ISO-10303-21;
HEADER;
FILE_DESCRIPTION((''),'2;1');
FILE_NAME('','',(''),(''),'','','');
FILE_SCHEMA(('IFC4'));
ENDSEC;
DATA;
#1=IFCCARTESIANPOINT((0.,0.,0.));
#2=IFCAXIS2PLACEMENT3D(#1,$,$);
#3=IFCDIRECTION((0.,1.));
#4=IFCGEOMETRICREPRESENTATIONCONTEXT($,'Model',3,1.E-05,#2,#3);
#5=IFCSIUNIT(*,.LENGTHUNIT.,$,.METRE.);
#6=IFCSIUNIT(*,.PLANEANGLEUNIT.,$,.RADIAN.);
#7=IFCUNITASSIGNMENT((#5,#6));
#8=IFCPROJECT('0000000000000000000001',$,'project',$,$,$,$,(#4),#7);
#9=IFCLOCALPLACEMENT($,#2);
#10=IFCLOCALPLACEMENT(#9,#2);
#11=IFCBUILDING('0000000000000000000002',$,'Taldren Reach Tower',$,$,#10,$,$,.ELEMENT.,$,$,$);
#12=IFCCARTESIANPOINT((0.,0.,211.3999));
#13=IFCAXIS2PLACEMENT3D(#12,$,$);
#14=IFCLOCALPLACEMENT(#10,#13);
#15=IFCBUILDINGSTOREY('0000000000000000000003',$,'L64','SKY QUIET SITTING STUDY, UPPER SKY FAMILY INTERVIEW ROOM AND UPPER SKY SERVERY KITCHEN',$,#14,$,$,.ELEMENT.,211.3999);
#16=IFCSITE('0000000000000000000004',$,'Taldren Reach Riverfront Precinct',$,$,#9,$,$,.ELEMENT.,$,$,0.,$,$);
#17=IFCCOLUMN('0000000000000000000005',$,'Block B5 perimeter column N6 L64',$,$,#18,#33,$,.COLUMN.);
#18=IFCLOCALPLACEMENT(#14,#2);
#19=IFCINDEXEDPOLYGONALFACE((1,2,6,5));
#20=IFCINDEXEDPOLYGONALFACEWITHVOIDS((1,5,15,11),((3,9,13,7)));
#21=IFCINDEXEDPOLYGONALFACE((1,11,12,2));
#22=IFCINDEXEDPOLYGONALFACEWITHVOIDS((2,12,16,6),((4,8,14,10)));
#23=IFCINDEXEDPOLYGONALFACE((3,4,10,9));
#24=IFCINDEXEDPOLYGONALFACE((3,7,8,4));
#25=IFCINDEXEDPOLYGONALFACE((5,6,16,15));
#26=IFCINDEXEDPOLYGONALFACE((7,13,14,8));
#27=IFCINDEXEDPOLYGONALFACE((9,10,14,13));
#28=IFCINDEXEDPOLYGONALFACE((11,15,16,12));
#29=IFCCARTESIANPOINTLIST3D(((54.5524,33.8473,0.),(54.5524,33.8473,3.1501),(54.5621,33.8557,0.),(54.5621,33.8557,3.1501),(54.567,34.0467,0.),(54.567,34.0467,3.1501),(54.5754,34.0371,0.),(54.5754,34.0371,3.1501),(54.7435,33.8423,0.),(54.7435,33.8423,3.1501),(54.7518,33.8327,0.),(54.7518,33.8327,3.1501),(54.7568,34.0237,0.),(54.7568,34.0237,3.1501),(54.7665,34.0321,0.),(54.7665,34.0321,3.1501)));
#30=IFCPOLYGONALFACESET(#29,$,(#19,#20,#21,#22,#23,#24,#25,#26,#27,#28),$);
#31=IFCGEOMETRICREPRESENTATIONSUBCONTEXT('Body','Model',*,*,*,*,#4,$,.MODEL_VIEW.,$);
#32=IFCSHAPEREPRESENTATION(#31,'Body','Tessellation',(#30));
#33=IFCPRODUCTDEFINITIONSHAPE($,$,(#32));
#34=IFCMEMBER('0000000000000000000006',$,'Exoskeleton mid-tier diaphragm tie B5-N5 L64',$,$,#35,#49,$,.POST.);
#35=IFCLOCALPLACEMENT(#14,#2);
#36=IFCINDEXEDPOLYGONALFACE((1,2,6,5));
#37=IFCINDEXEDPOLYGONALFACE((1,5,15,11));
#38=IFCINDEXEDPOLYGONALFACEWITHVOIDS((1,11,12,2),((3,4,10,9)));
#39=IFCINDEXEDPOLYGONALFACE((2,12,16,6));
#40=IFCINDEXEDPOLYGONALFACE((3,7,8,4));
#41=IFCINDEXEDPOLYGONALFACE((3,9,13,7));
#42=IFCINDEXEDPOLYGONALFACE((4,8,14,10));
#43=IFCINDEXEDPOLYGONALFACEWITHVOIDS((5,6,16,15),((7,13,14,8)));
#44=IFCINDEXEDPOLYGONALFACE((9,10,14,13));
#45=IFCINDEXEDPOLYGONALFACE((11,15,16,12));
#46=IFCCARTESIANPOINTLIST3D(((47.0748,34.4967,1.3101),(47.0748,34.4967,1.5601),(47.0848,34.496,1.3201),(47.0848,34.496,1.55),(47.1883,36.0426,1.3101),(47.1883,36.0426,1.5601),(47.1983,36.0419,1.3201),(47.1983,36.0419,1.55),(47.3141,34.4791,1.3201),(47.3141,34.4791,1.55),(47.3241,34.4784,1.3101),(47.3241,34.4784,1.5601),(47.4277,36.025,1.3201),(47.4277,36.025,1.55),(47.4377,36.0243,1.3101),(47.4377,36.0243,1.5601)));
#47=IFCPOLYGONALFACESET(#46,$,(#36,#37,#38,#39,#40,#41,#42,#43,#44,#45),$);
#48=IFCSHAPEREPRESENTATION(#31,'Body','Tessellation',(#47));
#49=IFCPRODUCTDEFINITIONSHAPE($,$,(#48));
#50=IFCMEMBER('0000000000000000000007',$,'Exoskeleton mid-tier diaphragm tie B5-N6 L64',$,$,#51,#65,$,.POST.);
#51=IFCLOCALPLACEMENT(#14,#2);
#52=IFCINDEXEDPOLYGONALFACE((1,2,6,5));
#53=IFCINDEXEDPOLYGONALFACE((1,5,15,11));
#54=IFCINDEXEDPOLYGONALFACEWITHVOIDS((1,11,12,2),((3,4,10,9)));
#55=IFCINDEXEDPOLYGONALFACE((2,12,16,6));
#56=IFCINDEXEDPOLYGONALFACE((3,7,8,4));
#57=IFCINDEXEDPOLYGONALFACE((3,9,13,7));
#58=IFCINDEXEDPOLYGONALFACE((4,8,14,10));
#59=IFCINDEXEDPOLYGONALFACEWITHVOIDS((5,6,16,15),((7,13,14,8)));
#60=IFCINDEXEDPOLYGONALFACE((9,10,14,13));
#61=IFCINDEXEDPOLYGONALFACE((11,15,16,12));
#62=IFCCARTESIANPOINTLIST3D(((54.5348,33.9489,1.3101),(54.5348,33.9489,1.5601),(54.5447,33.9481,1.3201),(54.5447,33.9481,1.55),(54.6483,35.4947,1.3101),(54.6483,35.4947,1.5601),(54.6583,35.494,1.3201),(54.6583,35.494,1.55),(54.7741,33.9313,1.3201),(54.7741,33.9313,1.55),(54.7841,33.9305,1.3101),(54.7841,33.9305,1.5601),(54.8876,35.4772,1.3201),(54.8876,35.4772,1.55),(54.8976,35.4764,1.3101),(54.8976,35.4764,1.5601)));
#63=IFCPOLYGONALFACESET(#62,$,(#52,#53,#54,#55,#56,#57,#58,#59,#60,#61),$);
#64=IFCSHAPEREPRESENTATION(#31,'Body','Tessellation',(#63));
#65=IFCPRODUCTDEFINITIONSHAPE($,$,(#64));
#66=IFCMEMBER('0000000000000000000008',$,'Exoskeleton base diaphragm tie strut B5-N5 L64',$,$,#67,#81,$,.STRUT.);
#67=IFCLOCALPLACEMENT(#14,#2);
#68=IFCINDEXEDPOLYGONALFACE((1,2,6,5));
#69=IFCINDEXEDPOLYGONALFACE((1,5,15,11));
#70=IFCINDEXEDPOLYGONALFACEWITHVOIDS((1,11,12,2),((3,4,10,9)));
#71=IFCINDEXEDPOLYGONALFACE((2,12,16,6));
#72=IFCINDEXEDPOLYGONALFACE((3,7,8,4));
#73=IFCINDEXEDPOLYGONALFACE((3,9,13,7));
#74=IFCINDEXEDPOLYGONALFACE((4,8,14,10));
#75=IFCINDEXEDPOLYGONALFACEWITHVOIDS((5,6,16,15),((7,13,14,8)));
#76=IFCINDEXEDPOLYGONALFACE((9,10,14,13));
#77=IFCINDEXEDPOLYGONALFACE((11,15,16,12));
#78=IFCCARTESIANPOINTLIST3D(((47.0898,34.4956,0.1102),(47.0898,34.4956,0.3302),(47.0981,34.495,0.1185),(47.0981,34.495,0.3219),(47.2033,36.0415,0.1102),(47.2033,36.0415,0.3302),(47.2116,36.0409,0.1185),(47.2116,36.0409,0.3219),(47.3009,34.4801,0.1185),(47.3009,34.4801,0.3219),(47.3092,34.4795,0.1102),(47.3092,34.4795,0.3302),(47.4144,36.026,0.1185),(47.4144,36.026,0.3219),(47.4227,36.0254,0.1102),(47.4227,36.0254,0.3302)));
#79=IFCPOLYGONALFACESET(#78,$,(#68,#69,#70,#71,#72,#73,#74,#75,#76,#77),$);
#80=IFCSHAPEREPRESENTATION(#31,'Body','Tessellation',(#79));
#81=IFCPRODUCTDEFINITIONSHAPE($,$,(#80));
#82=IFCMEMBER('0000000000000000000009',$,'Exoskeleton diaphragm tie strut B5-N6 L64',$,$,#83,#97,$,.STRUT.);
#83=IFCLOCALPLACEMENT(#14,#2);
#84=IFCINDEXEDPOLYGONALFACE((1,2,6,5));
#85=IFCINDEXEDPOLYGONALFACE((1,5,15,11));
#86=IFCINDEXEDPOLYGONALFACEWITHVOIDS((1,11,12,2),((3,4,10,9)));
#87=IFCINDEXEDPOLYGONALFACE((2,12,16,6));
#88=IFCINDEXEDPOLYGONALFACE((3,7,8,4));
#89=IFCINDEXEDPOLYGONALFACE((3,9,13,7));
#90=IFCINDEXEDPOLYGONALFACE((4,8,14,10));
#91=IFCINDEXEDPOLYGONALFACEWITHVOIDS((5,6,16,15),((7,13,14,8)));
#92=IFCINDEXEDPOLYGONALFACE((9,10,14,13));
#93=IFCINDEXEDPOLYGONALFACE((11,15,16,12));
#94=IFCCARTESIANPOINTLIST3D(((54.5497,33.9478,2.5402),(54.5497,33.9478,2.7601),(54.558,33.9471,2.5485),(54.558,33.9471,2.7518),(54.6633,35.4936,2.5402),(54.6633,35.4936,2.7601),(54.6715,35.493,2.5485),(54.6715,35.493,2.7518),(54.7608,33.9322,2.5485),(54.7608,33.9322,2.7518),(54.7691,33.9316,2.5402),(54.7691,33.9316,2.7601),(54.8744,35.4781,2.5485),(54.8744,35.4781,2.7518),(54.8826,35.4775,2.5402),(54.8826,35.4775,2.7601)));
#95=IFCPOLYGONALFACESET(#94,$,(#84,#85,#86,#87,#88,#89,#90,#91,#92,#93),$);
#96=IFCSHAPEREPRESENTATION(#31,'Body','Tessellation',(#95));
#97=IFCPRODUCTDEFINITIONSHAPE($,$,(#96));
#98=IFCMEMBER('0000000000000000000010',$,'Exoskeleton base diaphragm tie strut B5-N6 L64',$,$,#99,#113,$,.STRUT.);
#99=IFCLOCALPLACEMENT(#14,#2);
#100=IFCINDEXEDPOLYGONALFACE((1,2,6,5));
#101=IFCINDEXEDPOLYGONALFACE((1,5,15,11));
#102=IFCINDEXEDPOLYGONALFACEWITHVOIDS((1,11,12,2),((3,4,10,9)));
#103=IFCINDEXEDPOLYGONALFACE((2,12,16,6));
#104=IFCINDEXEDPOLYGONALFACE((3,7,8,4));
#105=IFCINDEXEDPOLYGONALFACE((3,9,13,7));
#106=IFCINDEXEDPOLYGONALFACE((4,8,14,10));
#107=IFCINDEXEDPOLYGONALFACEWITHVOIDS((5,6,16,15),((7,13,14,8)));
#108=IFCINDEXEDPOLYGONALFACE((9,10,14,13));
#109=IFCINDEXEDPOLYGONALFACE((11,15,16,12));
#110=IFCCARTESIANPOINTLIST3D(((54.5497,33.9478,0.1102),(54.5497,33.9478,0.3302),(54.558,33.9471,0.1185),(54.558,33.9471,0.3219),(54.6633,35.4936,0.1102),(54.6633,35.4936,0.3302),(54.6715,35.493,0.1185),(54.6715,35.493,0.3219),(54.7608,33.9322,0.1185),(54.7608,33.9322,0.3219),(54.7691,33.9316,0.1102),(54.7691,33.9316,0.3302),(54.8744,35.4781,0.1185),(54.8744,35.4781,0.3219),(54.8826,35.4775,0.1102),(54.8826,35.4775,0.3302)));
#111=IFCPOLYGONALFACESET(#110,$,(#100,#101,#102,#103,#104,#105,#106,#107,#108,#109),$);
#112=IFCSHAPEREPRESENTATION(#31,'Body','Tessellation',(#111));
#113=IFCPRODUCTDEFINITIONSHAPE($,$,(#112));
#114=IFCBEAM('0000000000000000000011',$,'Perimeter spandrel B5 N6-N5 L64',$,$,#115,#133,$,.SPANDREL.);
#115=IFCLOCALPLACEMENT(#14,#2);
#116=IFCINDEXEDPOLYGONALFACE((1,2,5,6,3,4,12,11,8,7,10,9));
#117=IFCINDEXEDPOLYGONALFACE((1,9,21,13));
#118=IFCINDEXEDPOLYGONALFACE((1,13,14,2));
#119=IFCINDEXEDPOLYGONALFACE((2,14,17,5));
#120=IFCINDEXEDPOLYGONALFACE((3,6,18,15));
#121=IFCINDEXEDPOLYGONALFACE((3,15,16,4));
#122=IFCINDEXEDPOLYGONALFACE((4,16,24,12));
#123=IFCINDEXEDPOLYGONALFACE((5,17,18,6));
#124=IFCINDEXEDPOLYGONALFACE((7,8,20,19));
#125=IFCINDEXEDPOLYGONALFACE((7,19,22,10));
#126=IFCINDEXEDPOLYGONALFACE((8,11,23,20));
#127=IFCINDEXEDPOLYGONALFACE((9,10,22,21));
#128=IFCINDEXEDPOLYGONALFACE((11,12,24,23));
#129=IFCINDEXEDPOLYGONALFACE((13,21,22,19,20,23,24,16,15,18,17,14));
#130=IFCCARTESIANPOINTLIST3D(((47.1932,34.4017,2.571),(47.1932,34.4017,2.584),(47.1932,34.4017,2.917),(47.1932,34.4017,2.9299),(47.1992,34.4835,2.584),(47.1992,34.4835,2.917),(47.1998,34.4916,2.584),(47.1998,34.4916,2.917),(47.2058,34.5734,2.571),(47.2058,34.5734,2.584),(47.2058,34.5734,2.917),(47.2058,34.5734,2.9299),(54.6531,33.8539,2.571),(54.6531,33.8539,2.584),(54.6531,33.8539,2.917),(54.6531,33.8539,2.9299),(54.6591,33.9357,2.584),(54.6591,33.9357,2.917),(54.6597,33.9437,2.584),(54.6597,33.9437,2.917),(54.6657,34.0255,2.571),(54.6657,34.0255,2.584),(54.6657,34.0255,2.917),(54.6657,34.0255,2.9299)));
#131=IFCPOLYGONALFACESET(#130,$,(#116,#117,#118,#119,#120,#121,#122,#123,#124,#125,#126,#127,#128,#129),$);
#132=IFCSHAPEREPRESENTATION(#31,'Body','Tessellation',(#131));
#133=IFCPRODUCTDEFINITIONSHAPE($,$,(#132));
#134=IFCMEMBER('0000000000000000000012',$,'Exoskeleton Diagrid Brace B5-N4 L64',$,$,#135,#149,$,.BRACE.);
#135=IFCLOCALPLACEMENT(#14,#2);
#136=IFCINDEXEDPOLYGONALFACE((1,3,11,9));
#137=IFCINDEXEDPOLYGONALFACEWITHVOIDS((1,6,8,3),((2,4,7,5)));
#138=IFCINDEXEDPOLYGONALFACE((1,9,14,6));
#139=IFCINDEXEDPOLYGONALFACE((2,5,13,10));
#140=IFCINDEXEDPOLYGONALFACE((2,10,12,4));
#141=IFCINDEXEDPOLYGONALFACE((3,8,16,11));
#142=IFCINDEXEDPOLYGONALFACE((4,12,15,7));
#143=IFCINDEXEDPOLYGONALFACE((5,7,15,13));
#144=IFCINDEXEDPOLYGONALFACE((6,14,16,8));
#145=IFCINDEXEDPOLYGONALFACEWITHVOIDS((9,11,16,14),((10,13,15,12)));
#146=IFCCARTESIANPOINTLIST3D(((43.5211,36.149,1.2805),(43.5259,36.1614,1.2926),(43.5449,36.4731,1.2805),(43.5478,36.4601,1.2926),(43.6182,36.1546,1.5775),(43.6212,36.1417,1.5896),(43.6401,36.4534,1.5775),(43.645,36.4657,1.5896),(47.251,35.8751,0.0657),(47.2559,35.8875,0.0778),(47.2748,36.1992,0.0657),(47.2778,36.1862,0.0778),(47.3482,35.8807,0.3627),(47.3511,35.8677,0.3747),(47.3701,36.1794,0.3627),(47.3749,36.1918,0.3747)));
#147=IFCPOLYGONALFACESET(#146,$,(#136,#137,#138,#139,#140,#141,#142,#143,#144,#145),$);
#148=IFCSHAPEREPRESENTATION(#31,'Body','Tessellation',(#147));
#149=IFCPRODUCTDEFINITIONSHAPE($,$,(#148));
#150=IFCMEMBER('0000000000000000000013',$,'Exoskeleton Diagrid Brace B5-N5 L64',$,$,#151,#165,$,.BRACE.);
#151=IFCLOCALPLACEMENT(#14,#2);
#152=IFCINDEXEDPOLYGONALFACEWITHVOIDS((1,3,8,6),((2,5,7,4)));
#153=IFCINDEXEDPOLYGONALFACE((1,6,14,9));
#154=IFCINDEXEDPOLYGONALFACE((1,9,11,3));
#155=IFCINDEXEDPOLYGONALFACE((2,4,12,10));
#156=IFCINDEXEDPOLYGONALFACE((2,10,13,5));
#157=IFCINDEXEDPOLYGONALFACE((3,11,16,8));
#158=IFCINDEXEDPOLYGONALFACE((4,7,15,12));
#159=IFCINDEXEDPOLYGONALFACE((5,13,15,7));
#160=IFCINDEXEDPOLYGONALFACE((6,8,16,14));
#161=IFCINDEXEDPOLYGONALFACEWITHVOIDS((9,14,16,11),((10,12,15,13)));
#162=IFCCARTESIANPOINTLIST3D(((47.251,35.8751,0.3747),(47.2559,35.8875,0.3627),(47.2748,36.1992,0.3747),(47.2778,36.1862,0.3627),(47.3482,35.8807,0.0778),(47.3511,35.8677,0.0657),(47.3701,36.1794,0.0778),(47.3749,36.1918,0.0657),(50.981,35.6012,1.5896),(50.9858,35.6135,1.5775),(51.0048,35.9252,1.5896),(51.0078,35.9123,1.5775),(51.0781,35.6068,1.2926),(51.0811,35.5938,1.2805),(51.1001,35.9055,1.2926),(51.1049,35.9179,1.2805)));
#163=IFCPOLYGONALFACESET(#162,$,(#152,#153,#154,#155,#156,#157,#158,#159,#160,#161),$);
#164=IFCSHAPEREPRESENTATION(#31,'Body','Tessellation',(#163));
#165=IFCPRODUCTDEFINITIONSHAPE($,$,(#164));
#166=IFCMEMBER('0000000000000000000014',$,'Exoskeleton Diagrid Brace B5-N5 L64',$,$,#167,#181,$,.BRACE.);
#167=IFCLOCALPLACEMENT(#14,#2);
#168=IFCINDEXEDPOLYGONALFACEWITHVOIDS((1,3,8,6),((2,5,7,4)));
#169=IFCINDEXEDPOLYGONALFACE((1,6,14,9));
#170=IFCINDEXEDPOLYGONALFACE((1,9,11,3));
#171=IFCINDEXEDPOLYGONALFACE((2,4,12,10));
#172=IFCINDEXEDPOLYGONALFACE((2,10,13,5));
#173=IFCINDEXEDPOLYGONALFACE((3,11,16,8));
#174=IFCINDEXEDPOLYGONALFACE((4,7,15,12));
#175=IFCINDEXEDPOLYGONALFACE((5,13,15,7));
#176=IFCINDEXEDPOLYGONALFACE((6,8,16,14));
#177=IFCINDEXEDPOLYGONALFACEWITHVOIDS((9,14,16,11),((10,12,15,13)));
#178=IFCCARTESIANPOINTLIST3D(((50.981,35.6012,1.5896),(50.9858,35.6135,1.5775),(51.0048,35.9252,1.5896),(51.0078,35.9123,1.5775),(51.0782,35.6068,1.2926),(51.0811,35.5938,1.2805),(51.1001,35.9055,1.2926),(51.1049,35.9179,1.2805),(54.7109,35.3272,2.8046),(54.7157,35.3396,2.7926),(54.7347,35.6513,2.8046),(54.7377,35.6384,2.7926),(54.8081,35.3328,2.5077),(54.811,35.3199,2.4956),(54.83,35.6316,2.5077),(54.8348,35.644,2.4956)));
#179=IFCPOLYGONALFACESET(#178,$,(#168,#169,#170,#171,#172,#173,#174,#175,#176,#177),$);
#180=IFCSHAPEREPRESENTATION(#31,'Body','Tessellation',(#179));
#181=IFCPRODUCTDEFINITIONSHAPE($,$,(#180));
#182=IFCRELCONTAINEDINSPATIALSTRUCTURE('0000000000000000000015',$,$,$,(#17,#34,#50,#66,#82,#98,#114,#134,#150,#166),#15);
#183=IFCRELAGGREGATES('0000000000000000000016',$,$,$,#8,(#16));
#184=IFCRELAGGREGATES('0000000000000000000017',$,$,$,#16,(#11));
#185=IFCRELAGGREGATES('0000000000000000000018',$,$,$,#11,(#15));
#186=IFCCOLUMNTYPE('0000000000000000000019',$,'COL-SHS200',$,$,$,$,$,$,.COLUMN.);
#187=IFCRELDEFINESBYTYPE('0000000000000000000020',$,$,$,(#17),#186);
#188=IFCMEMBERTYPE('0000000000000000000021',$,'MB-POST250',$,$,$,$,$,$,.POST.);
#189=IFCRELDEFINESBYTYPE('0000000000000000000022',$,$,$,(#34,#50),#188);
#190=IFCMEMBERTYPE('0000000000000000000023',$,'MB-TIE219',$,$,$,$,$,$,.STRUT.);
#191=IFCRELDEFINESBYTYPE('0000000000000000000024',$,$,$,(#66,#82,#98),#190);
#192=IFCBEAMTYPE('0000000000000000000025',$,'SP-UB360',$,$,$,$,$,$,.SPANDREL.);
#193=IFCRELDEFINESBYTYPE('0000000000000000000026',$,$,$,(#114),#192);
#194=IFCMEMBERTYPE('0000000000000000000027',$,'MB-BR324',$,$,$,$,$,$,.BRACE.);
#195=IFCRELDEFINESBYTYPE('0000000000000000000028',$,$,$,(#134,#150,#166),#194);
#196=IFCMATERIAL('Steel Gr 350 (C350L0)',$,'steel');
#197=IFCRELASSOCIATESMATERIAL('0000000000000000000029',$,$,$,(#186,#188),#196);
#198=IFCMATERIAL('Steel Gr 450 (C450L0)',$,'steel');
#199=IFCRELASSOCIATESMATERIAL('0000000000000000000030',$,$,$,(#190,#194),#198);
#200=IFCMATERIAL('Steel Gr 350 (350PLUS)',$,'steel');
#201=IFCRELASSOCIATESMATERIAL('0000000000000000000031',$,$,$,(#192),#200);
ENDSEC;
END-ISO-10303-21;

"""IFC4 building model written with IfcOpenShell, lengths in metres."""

from ifc_helpers import new_model, si_unit, direction, frame, origin, origin_2d, place, context, subcontext, project, spatial, hollow_rectangle, i_section, extrude, source, transform, mapped, material, material_profile, profile_set, type_object, element, save


model = new_model("IFC4")

# Units and contexts
model_context = context("Model", 3, precision=1e-05, world=origin(), true_north=direction((0.0, 1.0)))
body_context = subcontext(model_context, "Body", "Model", "MODEL_VIEW")
ifc_project = project(units=[si_unit("LENGTHUNIT", "METRE"), si_unit("PLANEANGLEUNIT", "RADIAN")], contexts=[model_context])

# Site, building, storey
site_placement = place(None, origin())
site = spatial("IfcSite", under=ifc_project, at=site_placement, Name="Taldren Reach Riverfront Precinct", CompositionType="ELEMENT", RefElevation=0.0)
building_placement = place(site_placement, origin())
building = spatial("IfcBuilding", under=site, at=building_placement, Name="Taldren Reach Tower", CompositionType="ELEMENT")
storey_placement = place(building_placement, frame((0.0, 0.0, 211.3999)))
storey = spatial("IfcBuildingStorey", under=building, at=storey_placement, Name="L64", Description="SKY QUIET SITTING STUDY, UPPER SKY FAMILY INTERVIEW ROOM AND UPPER SKY SERVERY KITCHEN", CompositionType="ELEMENT", Elevation=211.3999)

# Column
ifc_material_1 = material(Name="Steel Gr 350 (C350L0)", Category="steel")
ifc_material_profile_1 = material_profile(ifc_material_1, hollow_rectangle(XDim=0.2, YDim=0.2, WallThickness=0.009, at=origin_2d()), Name="200x200x9.0SHS")
ifc_profile_set_1 = profile_set([ifc_material_profile_1], Name="Steel Gr 350 (C350L0)")
column_type = type_object("IfcColumnType", Name="COL-SHS200", PredefinedType="COLUMN", material=ifc_profile_set_1)
shared_shape_1 = source(origin(), body_context, "Body", "SweptSolid", [
    extrude(hollow_rectangle(XDim=0.2, YDim=0.2, WallThickness=0.009, at=origin_2d()), origin(), (0.0, 0.0, 1.0), 3.1501),
])
column_placement = place(storey_placement, frame((54.6594, 33.9397, 0.0), z_axis=(0.0, 0.0, 1.0), x_axis=(0.997314, -0.073238, 0.0)))
element("IfcColumn", 1, at=column_placement, inside=storey, type_object=column_type, Name="Block B5 perimeter column N6 L64", PredefinedType="COLUMN", context=body_context, shape_type="MappedRepresentation", body=[
    mapped(shared_shape_1, transform((0.0, 0.0, 0.0), scale=1.0)),
])

# Members
ifc_material_profile_2 = material_profile(ifc_material_1, hollow_rectangle(XDim=0.25, YDim=0.25, WallThickness=0.01, at=origin_2d()), Name="250x250x10.0SHS")
ifc_profile_set_2 = profile_set([ifc_material_profile_2], Name="Steel Gr 350 (C350L0)")
member_type_1 = type_object("IfcMemberType", Name="MB-POST250", PredefinedType="POST", material=ifc_profile_set_2)
shared_shape_2 = source(origin(), body_context, "Body", "SweptSolid", [
    extrude(hollow_rectangle(XDim=0.25, YDim=0.25, WallThickness=0.01, at=origin_2d()), origin(), (0.0, 0.0, 1.0), 1.55),
])
for number, where, z_axis, x_axis, name in (
    (2, (47.1995, 34.4875, 1.4351), (0.073239, 0.997314, 0.0), (-0.997314, 0.073239, 0.0), "Exoskeleton mid-tier diaphragm tie B5-N5 L64"),
    (3, (54.6594, 33.9397, 1.4351), (0.073239, 0.997314, 0.0), (-0.997314, 0.073239, 0.0), "Exoskeleton mid-tier diaphragm tie B5-N6 L64"),
):
    element("IfcMember", number, at=place(storey_placement, frame(where, z_axis=z_axis, x_axis=x_axis)), inside=storey, type_object=member_type_1, Name=name, PredefinedType="POST", context=body_context, shape_type="MappedRepresentation", body=[
        mapped(shared_shape_2, transform((0.0, 0.0, 0.0), scale=1.0)),
    ])
ifc_material_2 = material(Name="Steel Gr 450 (C450L0)", Category="steel")
ifc_material_profile_3 = material_profile(ifc_material_2, hollow_rectangle(XDim=0.22, YDim=0.22, WallThickness=0.0083, at=origin_2d()), Name="220x220x8.2SHS")
ifc_profile_set_3 = profile_set([ifc_material_profile_3], Name="Steel Gr 450 (C450L0)")
member_type_2 = type_object("IfcMemberType", Name="MB-TIE219", PredefinedType="STRUT", material=ifc_profile_set_3)
shared_shape_3 = source(origin(), body_context, "Body", "SweptSolid", [
    extrude(hollow_rectangle(XDim=0.22, YDim=0.22, WallThickness=0.0083, at=origin_2d()), origin(), (0.0, 0.0, 1.0), 1.55),
])
for number, where, z_axis, x_axis, name in (
    (4, (47.1995, 34.4875, 0.2202), (0.073239, 0.997314, 0.0), (-0.997314, 0.073239, 0.0), "Exoskeleton base diaphragm tie strut B5-N5 L64"),
    (5, (54.6594, 33.9397, 2.6501), (0.073239, 0.997314, 0.0), (-0.997314, 0.073239, 0.0), "Exoskeleton diaphragm tie strut B5-N6 L64"),
    (6, (54.6594, 33.9397, 0.2202), (0.073239, 0.997314, 0.0), (-0.997314, 0.073239, 0.0), "Exoskeleton base diaphragm tie strut B5-N6 L64"),
):
    element("IfcMember", number, at=place(storey_placement, frame(where, z_axis=z_axis, x_axis=x_axis)), inside=storey, type_object=member_type_2, Name=name, PredefinedType="STRUT", context=body_context, shape_type="MappedRepresentation", body=[
        mapped(shared_shape_3, transform((0.0, 0.0, 0.0), scale=1.0)),
    ])

# Beam
ifc_material_3 = material(Name="Steel Gr 350 (350PLUS)", Category="steel")
ifc_material_profile_4 = material_profile(ifc_material_3, i_section(OverallWidth=0.1721, OverallDepth=0.3589, WebThickness=0.0081, FlangeThickness=0.0129, at=origin_2d()), Name="360UB56.7")
ifc_profile_set_4 = profile_set([ifc_material_profile_4], Name="Steel Gr 350 (350PLUS)")
beam_type = type_object("IfcBeamType", Name="SP-UB360", PredefinedType="SPANDREL", material=ifc_profile_set_4)
shared_shape_4 = source(origin(), body_context, "Body", "SweptSolid", [
    extrude(i_section(OverallWidth=0.1721, OverallDepth=0.3589, WebThickness=0.0081, FlangeThickness=0.0129, at=origin_2d()), origin(), (0.0, 0.0, 1.0), 7.48),
])
beam_placement = place(storey_placement, frame((54.6594, 33.9397, 2.7505), z_axis=(-0.997314, 0.073242, 0.0), x_axis=(-0.073242, -0.997314, 0.0)))
element("IfcBeam", 7, at=beam_placement, inside=storey, type_object=beam_type, Name="Perimeter spandrel B5 N6-N5 L64", PredefinedType="SPANDREL", context=body_context, shape_type="MappedRepresentation", body=[
    mapped(shared_shape_4, transform((0.0, 0.0, 0.0), scale=1.0)),
])

# Members
ifc_material_profile_5 = material_profile(ifc_material_2, hollow_rectangle(XDim=0.325, YDim=0.325, WallThickness=0.0127, at=origin_2d()), Name="325x325x12.7SHS")
ifc_profile_set_5 = profile_set([ifc_material_profile_5], Name="Steel Gr 450 (C450L0)")
member_type_3 = type_object("IfcMemberType", Name="MB-BR324", PredefinedType="BRACE", material=ifc_profile_set_5)
shared_shape_5 = source(origin(), body_context, "Body", "SweptSolid", [
    extrude(hollow_rectangle(XDim=0.325, YDim=0.325, WallThickness=0.0127, at=origin_2d()), origin(), (0.0, 0.0, 1.0), 3.9324),
])
for number, where, z_axis, x_axis, name in (
    (8, (47.313, 36.0334, 0.2202), (-0.948529, 0.069659, 0.308933), (-0.073242, -0.997314, 0.0), "Exoskeleton Diagrid Brace B5-N4 L64"),
    (9, (47.313, 36.0334, 0.2202), (0.948529, -0.069659, 0.308933), (0.073242, 0.997314, 0.0), "Exoskeleton Diagrid Brace B5-N5 L64"),
    (10, (51.043, 35.7595, 1.4351), (0.948511, -0.069658, 0.308989), (0.073242, 0.997314, 0.0), "Exoskeleton Diagrid Brace B5-N5 L64"),
):
    element("IfcMember", number, at=place(storey_placement, frame(where, z_axis=z_axis, x_axis=x_axis)), inside=storey, type_object=member_type_3, Name=name, PredefinedType="BRACE", context=body_context, shape_type="MappedRepresentation", body=[
        mapped(shared_shape_5, transform((0.0, 0.0, 0.0), scale=1.0)),
    ])

save(model, "model.ifc")
